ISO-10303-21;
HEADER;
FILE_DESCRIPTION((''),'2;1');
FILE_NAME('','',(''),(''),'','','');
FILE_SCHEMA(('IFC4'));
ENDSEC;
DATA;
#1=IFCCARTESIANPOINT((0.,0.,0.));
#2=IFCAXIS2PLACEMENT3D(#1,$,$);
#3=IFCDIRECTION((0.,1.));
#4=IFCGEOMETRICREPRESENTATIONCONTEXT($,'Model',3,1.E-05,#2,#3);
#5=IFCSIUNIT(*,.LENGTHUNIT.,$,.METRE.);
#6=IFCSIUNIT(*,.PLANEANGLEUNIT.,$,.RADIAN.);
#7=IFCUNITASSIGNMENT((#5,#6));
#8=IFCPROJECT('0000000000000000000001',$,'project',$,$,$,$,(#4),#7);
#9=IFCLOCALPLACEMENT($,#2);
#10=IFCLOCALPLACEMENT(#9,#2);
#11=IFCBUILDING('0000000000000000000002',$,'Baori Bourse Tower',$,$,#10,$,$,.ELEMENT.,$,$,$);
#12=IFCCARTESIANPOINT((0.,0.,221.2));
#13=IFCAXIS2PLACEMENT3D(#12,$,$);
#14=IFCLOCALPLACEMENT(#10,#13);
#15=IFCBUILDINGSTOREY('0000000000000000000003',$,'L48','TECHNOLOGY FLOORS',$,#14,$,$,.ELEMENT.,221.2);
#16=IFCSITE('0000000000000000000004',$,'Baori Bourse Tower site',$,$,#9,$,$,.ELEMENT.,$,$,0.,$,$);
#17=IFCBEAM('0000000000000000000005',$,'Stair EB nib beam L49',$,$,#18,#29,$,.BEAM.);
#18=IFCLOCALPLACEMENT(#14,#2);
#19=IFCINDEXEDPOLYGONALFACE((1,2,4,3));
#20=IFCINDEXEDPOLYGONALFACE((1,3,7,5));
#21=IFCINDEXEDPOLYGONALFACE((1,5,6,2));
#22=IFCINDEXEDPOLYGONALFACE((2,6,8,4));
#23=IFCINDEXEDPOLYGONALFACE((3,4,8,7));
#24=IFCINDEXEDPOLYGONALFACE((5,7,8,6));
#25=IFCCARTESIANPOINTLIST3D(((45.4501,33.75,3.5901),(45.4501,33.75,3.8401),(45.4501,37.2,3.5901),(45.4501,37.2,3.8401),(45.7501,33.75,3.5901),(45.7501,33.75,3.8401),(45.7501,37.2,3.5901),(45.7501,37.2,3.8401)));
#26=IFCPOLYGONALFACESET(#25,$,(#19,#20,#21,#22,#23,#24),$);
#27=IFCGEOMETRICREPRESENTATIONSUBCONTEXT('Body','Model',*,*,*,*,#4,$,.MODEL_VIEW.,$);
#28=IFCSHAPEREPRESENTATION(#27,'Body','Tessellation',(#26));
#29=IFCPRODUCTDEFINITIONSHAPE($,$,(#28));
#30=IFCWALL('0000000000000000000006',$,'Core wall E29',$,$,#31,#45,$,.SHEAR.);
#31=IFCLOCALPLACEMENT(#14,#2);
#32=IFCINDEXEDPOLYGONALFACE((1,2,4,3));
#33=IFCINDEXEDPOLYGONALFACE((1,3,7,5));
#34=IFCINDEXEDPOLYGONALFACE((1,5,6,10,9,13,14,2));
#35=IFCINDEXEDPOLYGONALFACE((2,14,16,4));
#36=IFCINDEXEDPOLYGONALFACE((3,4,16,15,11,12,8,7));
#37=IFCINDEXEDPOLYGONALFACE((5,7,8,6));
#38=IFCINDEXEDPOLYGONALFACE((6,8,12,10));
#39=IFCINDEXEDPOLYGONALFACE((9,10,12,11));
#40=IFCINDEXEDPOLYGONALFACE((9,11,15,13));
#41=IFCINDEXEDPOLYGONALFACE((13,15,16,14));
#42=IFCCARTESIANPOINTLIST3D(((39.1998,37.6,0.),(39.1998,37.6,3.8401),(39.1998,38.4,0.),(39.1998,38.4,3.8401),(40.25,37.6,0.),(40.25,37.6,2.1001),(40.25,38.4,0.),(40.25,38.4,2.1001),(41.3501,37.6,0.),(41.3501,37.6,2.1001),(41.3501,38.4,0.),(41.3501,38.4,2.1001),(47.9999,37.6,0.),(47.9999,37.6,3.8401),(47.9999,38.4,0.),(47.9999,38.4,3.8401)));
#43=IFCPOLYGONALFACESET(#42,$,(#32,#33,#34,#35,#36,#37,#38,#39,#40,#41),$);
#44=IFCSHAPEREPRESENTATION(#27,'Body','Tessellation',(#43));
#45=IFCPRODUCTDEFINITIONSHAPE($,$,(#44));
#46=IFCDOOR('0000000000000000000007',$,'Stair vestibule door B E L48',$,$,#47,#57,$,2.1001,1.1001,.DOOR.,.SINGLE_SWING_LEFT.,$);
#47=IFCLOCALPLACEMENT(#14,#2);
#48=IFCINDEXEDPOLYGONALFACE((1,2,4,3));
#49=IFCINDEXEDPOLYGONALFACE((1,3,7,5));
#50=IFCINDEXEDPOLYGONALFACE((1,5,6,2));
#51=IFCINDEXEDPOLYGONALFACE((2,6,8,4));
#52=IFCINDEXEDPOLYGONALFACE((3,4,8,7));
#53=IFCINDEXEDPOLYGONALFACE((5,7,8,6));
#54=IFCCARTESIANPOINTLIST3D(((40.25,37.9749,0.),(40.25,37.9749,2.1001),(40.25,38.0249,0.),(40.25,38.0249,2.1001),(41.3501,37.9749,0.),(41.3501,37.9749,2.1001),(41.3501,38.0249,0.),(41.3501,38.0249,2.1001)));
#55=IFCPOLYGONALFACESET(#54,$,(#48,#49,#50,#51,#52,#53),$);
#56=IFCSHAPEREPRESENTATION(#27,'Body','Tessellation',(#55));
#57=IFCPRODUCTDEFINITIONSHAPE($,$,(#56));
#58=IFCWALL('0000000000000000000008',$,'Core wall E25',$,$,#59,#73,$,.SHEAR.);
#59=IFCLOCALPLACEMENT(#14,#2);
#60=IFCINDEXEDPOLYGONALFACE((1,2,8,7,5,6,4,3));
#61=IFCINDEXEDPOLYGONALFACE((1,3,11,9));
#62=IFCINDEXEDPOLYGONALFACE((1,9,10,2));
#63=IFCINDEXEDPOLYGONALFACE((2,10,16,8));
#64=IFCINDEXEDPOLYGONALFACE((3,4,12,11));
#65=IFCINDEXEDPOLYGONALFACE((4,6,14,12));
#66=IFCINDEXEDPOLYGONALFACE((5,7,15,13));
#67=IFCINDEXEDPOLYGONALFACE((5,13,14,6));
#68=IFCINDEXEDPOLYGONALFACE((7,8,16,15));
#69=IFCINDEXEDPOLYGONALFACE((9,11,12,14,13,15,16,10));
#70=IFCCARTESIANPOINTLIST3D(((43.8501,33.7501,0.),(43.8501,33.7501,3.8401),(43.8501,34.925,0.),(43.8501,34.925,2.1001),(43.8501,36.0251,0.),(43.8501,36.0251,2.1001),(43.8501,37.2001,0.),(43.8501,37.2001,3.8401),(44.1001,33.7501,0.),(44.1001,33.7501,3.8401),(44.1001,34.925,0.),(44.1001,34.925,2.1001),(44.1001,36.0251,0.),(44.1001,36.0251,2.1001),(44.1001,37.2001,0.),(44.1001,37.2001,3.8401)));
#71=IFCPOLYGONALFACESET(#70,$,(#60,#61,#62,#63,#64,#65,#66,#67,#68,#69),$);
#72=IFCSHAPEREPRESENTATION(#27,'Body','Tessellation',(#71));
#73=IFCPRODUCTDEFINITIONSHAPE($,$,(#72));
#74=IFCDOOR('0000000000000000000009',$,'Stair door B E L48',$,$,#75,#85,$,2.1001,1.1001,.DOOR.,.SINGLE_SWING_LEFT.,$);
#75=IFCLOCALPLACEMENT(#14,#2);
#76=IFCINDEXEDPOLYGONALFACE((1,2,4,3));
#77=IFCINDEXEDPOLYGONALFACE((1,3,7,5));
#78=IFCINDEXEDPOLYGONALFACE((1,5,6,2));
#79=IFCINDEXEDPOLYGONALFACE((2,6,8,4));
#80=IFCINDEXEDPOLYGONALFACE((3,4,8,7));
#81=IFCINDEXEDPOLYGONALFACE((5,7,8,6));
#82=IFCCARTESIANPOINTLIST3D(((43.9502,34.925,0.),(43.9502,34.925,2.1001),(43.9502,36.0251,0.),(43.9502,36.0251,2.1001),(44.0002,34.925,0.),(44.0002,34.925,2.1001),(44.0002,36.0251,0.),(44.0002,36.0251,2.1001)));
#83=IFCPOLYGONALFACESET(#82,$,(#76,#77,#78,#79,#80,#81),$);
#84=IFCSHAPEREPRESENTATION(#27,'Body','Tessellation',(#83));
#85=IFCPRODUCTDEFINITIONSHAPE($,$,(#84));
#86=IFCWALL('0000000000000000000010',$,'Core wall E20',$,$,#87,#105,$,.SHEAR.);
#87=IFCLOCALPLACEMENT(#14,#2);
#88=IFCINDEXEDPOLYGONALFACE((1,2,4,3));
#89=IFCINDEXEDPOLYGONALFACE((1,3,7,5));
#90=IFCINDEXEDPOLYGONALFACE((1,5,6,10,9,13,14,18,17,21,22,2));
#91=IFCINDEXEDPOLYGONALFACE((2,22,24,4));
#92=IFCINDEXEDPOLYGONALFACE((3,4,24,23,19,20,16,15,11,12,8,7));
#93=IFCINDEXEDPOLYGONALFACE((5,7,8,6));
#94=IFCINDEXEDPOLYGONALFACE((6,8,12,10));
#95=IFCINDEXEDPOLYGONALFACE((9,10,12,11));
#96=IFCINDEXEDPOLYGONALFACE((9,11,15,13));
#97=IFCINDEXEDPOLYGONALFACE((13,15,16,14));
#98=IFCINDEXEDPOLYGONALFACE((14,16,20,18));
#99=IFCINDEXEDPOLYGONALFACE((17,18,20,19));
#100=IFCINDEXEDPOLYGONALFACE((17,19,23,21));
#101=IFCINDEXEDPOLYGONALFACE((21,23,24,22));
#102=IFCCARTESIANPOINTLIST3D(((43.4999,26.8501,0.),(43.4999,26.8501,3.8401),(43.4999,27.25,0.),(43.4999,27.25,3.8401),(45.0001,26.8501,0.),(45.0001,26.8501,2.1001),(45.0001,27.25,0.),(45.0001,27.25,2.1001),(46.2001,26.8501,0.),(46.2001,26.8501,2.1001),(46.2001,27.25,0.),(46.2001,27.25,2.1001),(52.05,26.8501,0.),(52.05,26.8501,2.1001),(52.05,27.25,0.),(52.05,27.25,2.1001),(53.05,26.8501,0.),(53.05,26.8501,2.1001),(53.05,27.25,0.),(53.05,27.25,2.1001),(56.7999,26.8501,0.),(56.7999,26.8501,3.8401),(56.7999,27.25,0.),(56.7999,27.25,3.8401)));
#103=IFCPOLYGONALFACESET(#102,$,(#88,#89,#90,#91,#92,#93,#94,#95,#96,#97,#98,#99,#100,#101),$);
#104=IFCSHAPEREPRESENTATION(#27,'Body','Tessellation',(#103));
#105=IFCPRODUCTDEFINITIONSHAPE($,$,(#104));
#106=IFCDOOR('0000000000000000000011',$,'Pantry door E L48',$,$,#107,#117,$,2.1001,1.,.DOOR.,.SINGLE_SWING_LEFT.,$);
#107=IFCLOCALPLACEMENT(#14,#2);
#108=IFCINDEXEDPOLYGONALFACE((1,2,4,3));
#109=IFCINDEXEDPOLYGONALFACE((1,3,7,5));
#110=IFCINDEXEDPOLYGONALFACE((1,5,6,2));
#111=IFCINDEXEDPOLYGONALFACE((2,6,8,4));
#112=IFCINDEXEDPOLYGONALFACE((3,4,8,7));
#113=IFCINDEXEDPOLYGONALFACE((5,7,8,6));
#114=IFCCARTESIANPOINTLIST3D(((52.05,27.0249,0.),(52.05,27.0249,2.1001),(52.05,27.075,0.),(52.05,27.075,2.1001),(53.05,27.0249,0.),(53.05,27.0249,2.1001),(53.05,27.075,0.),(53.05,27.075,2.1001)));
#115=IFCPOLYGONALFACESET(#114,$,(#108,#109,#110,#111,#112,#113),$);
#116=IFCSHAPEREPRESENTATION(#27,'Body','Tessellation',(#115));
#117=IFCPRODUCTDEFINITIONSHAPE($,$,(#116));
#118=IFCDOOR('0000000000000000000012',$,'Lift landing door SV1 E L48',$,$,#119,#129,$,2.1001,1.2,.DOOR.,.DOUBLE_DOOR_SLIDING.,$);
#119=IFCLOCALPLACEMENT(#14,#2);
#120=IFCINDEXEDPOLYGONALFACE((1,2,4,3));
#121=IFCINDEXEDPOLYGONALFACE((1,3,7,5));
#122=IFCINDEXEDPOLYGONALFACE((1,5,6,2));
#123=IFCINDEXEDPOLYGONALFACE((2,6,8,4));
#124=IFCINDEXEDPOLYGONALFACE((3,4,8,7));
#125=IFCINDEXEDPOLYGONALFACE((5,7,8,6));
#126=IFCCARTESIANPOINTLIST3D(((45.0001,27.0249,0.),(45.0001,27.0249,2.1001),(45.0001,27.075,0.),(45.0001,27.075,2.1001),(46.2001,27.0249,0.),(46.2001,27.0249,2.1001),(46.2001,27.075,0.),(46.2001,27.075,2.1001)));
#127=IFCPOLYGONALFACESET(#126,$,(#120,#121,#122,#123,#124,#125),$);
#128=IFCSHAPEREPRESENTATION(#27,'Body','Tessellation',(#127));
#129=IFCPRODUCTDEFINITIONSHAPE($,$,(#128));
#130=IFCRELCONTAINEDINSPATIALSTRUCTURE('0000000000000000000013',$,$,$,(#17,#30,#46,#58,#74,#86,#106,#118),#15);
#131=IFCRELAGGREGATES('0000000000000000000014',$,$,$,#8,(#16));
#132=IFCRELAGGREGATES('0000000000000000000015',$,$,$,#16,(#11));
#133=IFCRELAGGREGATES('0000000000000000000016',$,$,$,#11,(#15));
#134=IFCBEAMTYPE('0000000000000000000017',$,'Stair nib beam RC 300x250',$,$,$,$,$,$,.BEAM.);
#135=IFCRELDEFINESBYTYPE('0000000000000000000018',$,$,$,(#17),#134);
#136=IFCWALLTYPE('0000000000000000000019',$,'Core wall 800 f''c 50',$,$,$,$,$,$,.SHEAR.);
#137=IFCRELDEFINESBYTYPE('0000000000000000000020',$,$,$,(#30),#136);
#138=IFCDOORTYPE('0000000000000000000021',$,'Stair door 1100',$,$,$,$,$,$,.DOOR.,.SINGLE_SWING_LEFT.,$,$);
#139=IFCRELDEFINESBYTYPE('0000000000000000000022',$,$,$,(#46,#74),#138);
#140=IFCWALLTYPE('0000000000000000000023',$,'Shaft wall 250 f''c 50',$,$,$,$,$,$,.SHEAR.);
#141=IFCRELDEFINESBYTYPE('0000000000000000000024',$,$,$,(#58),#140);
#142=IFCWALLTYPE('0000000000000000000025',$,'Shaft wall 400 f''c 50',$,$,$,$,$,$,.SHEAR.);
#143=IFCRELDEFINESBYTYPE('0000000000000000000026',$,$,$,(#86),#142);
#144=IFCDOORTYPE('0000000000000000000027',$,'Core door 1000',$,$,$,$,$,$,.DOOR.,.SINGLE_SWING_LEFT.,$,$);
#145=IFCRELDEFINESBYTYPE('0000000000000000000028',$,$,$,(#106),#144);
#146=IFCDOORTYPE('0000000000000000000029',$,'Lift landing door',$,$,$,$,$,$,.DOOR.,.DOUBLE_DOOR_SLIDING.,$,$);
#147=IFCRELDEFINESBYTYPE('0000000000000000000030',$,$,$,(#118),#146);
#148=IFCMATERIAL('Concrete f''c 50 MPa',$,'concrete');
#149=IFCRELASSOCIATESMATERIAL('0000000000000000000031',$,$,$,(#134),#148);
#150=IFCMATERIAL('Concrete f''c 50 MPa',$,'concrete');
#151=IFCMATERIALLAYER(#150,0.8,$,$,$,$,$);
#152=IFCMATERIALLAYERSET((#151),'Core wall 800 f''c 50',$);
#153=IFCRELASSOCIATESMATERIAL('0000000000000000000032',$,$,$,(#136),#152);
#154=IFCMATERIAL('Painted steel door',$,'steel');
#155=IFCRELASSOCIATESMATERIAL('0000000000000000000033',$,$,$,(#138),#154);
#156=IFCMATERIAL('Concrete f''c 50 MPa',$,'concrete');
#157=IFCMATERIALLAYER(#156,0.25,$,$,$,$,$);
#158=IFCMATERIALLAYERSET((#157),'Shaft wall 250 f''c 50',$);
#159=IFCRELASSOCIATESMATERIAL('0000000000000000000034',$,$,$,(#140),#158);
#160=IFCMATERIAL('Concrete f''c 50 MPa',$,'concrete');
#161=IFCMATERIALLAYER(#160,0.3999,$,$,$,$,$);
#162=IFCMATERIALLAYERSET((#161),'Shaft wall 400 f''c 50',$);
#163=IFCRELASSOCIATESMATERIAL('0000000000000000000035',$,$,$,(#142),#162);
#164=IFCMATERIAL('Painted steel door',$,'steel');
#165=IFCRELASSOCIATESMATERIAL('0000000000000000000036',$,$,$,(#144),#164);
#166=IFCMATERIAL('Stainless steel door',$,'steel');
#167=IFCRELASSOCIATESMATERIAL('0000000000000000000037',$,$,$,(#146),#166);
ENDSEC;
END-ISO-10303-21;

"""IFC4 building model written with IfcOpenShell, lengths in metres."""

from ifc_helpers import new_model, si_unit, direction, frame, frame_2d, origin, origin_2d, place, context, subcontext, project, spatial, rectangle, extrude, material, layer, layer_set, material_profile, profile_set, type_object, element, fill, save


model = new_model("IFC4")

# Units and contexts
model_context = context("Model", 3, precision=1e-05, world=origin(), true_north=direction((0.0, 1.0)))
body_context = subcontext(model_context, "Body", "Model", "MODEL_VIEW")
ifc_project = project(units=[si_unit("LENGTHUNIT", "METRE"), si_unit("PLANEANGLEUNIT", "RADIAN")], contexts=[model_context])

# Site, building, storey
site_placement = place(None, origin())
site = spatial("IfcSite", under=ifc_project, at=site_placement, Name="Baori Bourse Tower site", CompositionType="ELEMENT", RefElevation=0.0)
building_placement = place(site_placement, origin())
building = spatial("IfcBuilding", under=site, at=building_placement, Name="Baori Bourse Tower", CompositionType="ELEMENT")
storey_placement = place(building_placement, frame((0.0, 0.0, 221.2)))
storey = spatial("IfcBuildingStorey", under=building, at=storey_placement, Name="L48", Description="TECHNOLOGY FLOORS", CompositionType="ELEMENT", Elevation=221.2)

# Beam
ifc_material_1 = material(Name="Concrete f'c 50 MPa", Category="concrete")
ifc_material_profile = material_profile(ifc_material_1, rectangle(XDim=0.3, YDim=0.25, at=origin_2d()), Name="RC 300x250")
ifc_profile_set = profile_set([ifc_material_profile], Name="Concrete f'c 50 MPa")
beam_type = type_object("IfcBeamType", Name="Stair nib beam RC 300x250", PredefinedType="BEAM", material=ifc_profile_set)
beam_placement = place(storey_placement, frame((45.6001, 33.75, 3.7151), z_axis=(0.0, 1.0, 0.0), x_axis=(-1.0, 0.0, 0.0)))
element("IfcBeam", 1, at=beam_placement, inside=storey, type_object=beam_type, Name="Stair EB nib beam L49", PredefinedType="BEAM", context=body_context, shape_type="SweptSolid", body=[
    extrude(rectangle(XDim=0.3, YDim=0.25, at=origin_2d()), origin(), (0.0, 0.0, 1.0), 3.45),
])

# Walls, openings, doors
ifc_material_2 = material(Name="Concrete f'c 50 MPa", Category="concrete")
ifc_layer_1 = layer(ifc_material_2, 0.8)
ifc_layer_set_1 = layer_set([ifc_layer_1], Name="Core wall 800 f'c 50")
wall_type_1 = type_object("IfcWallType", Name="Core wall 800 f'c 50", PredefinedType="SHEAR", material=ifc_layer_set_1)
wall_1_placement = place(storey_placement, frame((39.2, 38.0, 0.0), z_axis=(0.0, 0.0, 1.0), x_axis=(1.0, 0.0, 0.0)))
wall_1 = element("IfcWall", 2, at=wall_1_placement, inside=storey, type_object=wall_type_1, Name="Core wall E29", PredefinedType="SHEAR", context=body_context, shape_type="SweptSolid", body=[
    extrude(rectangle(XDim=8.8, YDim=0.8, at=frame_2d((4.3999, 0.0))), origin(), (0.0, 0.0, 1.0), 3.8401),
])
opening_1_placement = place(wall_1_placement, frame((1.05, 0.0, 0.0)))
opening_1 = element("IfcOpeningElement", 3, at=opening_1_placement, cuts=wall_1, PredefinedType="OPENING", context=body_context, shape_type="SweptSolid", body=[
    extrude(rectangle(XDim=1.1001, YDim=2.1001, at=frame_2d((0.55, 1.05))), frame((0.0, 0.4099, 0.0), z_axis=(0.0, -1.0, 0.0), x_axis=(1.0, 0.0, 0.0)), (0.0, 0.0, 1.0), 0.8201),
])
ifc_material_3 = material(Name="Painted steel door", Category="steel")
door_type_1 = type_object("IfcDoorType", Name="Stair door 1100", OperationType="SINGLE_SWING_LEFT", PredefinedType="DOOR", material=ifc_material_3)
door_1_placement = place(opening_1_placement, origin())
door_1 = element("IfcDoor", 4, at=door_1_placement, inside=storey, type_object=door_type_1, Name="Stair vestibule door B E L48", OperationType="SINGLE_SWING_LEFT", OverallHeight=2.1001, OverallWidth=1.1001, PredefinedType="DOOR", context=body_context, shape_type="SweptSolid", body=[
    extrude(rectangle(XDim=1.1001, YDim=2.1001, at=frame_2d((0.55, 1.05))), frame((0.0, 0.0249, 0.0), z_axis=(0.0, -1.0, 0.0), x_axis=(1.0, 0.0, 0.0)), (0.0, 0.0, 1.0), 0.05),
])
fill(opening_1, door_1)
ifc_material_4 = material(Name="Concrete f'c 50 MPa", Category="concrete")
ifc_layer_2 = layer(ifc_material_4, 0.25)
ifc_layer_set_2 = layer_set([ifc_layer_2], Name="Shaft wall 250 f'c 50")
wall_type_2 = type_object("IfcWallType", Name="Shaft wall 250 f'c 50", PredefinedType="SHEAR", material=ifc_layer_set_2)
wall_2_placement = place(storey_placement, frame((43.9751, 33.75, 0.0), z_axis=(0.0, 0.0, 1.0), x_axis=(0.0, 1.0, 0.0)))
wall_2 = element("IfcWall", 5, at=wall_2_placement, inside=storey, type_object=wall_type_2, Name="Core wall E25", PredefinedType="SHEAR", context=body_context, shape_type="SweptSolid", body=[
    extrude(rectangle(XDim=3.45, YDim=0.25, at=frame_2d((1.7251, 0.0))), origin(), (0.0, 0.0, 1.0), 3.8401),
])
opening_2_placement = place(wall_2_placement, frame((1.175, 0.0, 0.0)))
opening_2 = element("IfcOpeningElement", 6, at=opening_2_placement, cuts=wall_2, PredefinedType="OPENING", context=body_context, shape_type="SweptSolid", body=[
    extrude(rectangle(XDim=1.1001, YDim=2.1001, at=frame_2d((0.55, 1.05))), frame((0.0, 0.135, 0.0), z_axis=(0.0, -1.0, 0.0), x_axis=(1.0, 0.0, 0.0)), (0.0, 0.0, 1.0), 0.27),
])
door_2_placement = place(opening_2_placement, origin())
door_2 = element("IfcDoor", 7, at=door_2_placement, inside=storey, type_object=door_type_1, Name="Stair door B E L48", OperationType="SINGLE_SWING_LEFT", OverallHeight=2.1001, OverallWidth=1.1001, PredefinedType="DOOR", context=body_context, shape_type="SweptSolid", body=[
    extrude(rectangle(XDim=1.1001, YDim=2.1001, at=frame_2d((0.55, 1.05))), frame((0.0, 0.0249, 0.0), z_axis=(0.0, -1.0, 0.0), x_axis=(1.0, 0.0, 0.0)), (0.0, 0.0, 1.0), 0.05),
])
fill(opening_2, door_2)

# Wall, openings, doors
ifc_material_5 = material(Name="Concrete f'c 50 MPa", Category="concrete")
ifc_layer_3 = layer(ifc_material_5, 0.3999)
ifc_layer_set_3 = layer_set([ifc_layer_3], Name="Shaft wall 400 f'c 50")
wall_type_3 = type_object("IfcWallType", Name="Shaft wall 400 f'c 50", PredefinedType="SHEAR", material=ifc_layer_set_3)
wall_3_placement = place(storey_placement, frame((43.5, 27.05, 0.0), z_axis=(0.0, 0.0, 1.0), x_axis=(1.0, 0.0, 0.0)))
wall_3 = element("IfcWall", 8, at=wall_3_placement, inside=storey, type_object=wall_type_3, Name="Core wall E20", PredefinedType="SHEAR", context=body_context, shape_type="SweptSolid", body=[
    extrude(rectangle(XDim=13.3, YDim=0.3999, at=frame_2d((6.6499, 0.0))), origin(), (0.0, 0.0, 1.0), 3.8401),
])
opening_3_placement = place(wall_3_placement, frame((8.55, 0.0, 0.0)))
opening_3 = element("IfcOpeningElement", 9, at=opening_3_placement, cuts=wall_3, PredefinedType="OPENING", context=body_context, shape_type="SweptSolid", body=[
    extrude(rectangle(XDim=1.0, YDim=2.1001, at=frame_2d((0.5, 1.05))), frame((0.0, 0.21, 0.0), z_axis=(0.0, -1.0, 0.0), x_axis=(1.0, 0.0, 0.0)), (0.0, 0.0, 1.0), 0.4199),
])
opening_4_placement = place(wall_3_placement, frame((1.5, 0.0, 0.0)))
opening_4 = element("IfcOpeningElement", 10, at=opening_4_placement, cuts=wall_3, PredefinedType="OPENING", context=body_context, shape_type="SweptSolid", body=[
    extrude(rectangle(XDim=1.2, YDim=2.1001, at=frame_2d((0.6001, 1.05))), frame((0.0, 0.21, 0.0), z_axis=(0.0, -1.0, 0.0), x_axis=(1.0, 0.0, 0.0)), (0.0, 0.0, 1.0), 0.4199),
])
ifc_material_6 = material(Name="Painted steel door", Category="steel")
door_type_2 = type_object("IfcDoorType", Name="Core door 1000", OperationType="SINGLE_SWING_LEFT", PredefinedType="DOOR", material=ifc_material_6)
door_3_placement = place(opening_3_placement, origin())
door_3 = element("IfcDoor", 11, at=door_3_placement, inside=storey, type_object=door_type_2, Name="Pantry door E L48", OperationType="SINGLE_SWING_LEFT", OverallHeight=2.1001, OverallWidth=1.0, PredefinedType="DOOR", context=body_context, shape_type="SweptSolid", body=[
    extrude(rectangle(XDim=1.0, YDim=2.1001, at=frame_2d((0.5, 1.05))), frame((0.0, 0.0249, 0.0), z_axis=(0.0, -1.0, 0.0), x_axis=(1.0, 0.0, 0.0)), (0.0, 0.0, 1.0), 0.05),
])
fill(opening_3, door_3)
ifc_material_7 = material(Name="Stainless steel door", Category="steel")
door_type_3 = type_object("IfcDoorType", Name="Lift landing door", OperationType="DOUBLE_DOOR_SLIDING", PredefinedType="DOOR", material=ifc_material_7)
door_4_placement = place(opening_4_placement, origin())
door_4 = element("IfcDoor", 12, at=door_4_placement, inside=storey, type_object=door_type_3, Name="Lift landing door SV1 E L48", OperationType="DOUBLE_DOOR_SLIDING", OverallHeight=2.1001, OverallWidth=1.2, PredefinedType="DOOR", context=body_context, shape_type="SweptSolid", body=[
    extrude(rectangle(XDim=1.2, YDim=2.1001, at=frame_2d((0.6001, 1.05))), frame((0.0, 0.0249, 0.0), z_axis=(0.0, -1.0, 0.0), x_axis=(1.0, 0.0, 0.0)), (0.0, 0.0, 1.0), 0.05),
])
fill(opening_4, door_4)

save(model, "model.ifc")
